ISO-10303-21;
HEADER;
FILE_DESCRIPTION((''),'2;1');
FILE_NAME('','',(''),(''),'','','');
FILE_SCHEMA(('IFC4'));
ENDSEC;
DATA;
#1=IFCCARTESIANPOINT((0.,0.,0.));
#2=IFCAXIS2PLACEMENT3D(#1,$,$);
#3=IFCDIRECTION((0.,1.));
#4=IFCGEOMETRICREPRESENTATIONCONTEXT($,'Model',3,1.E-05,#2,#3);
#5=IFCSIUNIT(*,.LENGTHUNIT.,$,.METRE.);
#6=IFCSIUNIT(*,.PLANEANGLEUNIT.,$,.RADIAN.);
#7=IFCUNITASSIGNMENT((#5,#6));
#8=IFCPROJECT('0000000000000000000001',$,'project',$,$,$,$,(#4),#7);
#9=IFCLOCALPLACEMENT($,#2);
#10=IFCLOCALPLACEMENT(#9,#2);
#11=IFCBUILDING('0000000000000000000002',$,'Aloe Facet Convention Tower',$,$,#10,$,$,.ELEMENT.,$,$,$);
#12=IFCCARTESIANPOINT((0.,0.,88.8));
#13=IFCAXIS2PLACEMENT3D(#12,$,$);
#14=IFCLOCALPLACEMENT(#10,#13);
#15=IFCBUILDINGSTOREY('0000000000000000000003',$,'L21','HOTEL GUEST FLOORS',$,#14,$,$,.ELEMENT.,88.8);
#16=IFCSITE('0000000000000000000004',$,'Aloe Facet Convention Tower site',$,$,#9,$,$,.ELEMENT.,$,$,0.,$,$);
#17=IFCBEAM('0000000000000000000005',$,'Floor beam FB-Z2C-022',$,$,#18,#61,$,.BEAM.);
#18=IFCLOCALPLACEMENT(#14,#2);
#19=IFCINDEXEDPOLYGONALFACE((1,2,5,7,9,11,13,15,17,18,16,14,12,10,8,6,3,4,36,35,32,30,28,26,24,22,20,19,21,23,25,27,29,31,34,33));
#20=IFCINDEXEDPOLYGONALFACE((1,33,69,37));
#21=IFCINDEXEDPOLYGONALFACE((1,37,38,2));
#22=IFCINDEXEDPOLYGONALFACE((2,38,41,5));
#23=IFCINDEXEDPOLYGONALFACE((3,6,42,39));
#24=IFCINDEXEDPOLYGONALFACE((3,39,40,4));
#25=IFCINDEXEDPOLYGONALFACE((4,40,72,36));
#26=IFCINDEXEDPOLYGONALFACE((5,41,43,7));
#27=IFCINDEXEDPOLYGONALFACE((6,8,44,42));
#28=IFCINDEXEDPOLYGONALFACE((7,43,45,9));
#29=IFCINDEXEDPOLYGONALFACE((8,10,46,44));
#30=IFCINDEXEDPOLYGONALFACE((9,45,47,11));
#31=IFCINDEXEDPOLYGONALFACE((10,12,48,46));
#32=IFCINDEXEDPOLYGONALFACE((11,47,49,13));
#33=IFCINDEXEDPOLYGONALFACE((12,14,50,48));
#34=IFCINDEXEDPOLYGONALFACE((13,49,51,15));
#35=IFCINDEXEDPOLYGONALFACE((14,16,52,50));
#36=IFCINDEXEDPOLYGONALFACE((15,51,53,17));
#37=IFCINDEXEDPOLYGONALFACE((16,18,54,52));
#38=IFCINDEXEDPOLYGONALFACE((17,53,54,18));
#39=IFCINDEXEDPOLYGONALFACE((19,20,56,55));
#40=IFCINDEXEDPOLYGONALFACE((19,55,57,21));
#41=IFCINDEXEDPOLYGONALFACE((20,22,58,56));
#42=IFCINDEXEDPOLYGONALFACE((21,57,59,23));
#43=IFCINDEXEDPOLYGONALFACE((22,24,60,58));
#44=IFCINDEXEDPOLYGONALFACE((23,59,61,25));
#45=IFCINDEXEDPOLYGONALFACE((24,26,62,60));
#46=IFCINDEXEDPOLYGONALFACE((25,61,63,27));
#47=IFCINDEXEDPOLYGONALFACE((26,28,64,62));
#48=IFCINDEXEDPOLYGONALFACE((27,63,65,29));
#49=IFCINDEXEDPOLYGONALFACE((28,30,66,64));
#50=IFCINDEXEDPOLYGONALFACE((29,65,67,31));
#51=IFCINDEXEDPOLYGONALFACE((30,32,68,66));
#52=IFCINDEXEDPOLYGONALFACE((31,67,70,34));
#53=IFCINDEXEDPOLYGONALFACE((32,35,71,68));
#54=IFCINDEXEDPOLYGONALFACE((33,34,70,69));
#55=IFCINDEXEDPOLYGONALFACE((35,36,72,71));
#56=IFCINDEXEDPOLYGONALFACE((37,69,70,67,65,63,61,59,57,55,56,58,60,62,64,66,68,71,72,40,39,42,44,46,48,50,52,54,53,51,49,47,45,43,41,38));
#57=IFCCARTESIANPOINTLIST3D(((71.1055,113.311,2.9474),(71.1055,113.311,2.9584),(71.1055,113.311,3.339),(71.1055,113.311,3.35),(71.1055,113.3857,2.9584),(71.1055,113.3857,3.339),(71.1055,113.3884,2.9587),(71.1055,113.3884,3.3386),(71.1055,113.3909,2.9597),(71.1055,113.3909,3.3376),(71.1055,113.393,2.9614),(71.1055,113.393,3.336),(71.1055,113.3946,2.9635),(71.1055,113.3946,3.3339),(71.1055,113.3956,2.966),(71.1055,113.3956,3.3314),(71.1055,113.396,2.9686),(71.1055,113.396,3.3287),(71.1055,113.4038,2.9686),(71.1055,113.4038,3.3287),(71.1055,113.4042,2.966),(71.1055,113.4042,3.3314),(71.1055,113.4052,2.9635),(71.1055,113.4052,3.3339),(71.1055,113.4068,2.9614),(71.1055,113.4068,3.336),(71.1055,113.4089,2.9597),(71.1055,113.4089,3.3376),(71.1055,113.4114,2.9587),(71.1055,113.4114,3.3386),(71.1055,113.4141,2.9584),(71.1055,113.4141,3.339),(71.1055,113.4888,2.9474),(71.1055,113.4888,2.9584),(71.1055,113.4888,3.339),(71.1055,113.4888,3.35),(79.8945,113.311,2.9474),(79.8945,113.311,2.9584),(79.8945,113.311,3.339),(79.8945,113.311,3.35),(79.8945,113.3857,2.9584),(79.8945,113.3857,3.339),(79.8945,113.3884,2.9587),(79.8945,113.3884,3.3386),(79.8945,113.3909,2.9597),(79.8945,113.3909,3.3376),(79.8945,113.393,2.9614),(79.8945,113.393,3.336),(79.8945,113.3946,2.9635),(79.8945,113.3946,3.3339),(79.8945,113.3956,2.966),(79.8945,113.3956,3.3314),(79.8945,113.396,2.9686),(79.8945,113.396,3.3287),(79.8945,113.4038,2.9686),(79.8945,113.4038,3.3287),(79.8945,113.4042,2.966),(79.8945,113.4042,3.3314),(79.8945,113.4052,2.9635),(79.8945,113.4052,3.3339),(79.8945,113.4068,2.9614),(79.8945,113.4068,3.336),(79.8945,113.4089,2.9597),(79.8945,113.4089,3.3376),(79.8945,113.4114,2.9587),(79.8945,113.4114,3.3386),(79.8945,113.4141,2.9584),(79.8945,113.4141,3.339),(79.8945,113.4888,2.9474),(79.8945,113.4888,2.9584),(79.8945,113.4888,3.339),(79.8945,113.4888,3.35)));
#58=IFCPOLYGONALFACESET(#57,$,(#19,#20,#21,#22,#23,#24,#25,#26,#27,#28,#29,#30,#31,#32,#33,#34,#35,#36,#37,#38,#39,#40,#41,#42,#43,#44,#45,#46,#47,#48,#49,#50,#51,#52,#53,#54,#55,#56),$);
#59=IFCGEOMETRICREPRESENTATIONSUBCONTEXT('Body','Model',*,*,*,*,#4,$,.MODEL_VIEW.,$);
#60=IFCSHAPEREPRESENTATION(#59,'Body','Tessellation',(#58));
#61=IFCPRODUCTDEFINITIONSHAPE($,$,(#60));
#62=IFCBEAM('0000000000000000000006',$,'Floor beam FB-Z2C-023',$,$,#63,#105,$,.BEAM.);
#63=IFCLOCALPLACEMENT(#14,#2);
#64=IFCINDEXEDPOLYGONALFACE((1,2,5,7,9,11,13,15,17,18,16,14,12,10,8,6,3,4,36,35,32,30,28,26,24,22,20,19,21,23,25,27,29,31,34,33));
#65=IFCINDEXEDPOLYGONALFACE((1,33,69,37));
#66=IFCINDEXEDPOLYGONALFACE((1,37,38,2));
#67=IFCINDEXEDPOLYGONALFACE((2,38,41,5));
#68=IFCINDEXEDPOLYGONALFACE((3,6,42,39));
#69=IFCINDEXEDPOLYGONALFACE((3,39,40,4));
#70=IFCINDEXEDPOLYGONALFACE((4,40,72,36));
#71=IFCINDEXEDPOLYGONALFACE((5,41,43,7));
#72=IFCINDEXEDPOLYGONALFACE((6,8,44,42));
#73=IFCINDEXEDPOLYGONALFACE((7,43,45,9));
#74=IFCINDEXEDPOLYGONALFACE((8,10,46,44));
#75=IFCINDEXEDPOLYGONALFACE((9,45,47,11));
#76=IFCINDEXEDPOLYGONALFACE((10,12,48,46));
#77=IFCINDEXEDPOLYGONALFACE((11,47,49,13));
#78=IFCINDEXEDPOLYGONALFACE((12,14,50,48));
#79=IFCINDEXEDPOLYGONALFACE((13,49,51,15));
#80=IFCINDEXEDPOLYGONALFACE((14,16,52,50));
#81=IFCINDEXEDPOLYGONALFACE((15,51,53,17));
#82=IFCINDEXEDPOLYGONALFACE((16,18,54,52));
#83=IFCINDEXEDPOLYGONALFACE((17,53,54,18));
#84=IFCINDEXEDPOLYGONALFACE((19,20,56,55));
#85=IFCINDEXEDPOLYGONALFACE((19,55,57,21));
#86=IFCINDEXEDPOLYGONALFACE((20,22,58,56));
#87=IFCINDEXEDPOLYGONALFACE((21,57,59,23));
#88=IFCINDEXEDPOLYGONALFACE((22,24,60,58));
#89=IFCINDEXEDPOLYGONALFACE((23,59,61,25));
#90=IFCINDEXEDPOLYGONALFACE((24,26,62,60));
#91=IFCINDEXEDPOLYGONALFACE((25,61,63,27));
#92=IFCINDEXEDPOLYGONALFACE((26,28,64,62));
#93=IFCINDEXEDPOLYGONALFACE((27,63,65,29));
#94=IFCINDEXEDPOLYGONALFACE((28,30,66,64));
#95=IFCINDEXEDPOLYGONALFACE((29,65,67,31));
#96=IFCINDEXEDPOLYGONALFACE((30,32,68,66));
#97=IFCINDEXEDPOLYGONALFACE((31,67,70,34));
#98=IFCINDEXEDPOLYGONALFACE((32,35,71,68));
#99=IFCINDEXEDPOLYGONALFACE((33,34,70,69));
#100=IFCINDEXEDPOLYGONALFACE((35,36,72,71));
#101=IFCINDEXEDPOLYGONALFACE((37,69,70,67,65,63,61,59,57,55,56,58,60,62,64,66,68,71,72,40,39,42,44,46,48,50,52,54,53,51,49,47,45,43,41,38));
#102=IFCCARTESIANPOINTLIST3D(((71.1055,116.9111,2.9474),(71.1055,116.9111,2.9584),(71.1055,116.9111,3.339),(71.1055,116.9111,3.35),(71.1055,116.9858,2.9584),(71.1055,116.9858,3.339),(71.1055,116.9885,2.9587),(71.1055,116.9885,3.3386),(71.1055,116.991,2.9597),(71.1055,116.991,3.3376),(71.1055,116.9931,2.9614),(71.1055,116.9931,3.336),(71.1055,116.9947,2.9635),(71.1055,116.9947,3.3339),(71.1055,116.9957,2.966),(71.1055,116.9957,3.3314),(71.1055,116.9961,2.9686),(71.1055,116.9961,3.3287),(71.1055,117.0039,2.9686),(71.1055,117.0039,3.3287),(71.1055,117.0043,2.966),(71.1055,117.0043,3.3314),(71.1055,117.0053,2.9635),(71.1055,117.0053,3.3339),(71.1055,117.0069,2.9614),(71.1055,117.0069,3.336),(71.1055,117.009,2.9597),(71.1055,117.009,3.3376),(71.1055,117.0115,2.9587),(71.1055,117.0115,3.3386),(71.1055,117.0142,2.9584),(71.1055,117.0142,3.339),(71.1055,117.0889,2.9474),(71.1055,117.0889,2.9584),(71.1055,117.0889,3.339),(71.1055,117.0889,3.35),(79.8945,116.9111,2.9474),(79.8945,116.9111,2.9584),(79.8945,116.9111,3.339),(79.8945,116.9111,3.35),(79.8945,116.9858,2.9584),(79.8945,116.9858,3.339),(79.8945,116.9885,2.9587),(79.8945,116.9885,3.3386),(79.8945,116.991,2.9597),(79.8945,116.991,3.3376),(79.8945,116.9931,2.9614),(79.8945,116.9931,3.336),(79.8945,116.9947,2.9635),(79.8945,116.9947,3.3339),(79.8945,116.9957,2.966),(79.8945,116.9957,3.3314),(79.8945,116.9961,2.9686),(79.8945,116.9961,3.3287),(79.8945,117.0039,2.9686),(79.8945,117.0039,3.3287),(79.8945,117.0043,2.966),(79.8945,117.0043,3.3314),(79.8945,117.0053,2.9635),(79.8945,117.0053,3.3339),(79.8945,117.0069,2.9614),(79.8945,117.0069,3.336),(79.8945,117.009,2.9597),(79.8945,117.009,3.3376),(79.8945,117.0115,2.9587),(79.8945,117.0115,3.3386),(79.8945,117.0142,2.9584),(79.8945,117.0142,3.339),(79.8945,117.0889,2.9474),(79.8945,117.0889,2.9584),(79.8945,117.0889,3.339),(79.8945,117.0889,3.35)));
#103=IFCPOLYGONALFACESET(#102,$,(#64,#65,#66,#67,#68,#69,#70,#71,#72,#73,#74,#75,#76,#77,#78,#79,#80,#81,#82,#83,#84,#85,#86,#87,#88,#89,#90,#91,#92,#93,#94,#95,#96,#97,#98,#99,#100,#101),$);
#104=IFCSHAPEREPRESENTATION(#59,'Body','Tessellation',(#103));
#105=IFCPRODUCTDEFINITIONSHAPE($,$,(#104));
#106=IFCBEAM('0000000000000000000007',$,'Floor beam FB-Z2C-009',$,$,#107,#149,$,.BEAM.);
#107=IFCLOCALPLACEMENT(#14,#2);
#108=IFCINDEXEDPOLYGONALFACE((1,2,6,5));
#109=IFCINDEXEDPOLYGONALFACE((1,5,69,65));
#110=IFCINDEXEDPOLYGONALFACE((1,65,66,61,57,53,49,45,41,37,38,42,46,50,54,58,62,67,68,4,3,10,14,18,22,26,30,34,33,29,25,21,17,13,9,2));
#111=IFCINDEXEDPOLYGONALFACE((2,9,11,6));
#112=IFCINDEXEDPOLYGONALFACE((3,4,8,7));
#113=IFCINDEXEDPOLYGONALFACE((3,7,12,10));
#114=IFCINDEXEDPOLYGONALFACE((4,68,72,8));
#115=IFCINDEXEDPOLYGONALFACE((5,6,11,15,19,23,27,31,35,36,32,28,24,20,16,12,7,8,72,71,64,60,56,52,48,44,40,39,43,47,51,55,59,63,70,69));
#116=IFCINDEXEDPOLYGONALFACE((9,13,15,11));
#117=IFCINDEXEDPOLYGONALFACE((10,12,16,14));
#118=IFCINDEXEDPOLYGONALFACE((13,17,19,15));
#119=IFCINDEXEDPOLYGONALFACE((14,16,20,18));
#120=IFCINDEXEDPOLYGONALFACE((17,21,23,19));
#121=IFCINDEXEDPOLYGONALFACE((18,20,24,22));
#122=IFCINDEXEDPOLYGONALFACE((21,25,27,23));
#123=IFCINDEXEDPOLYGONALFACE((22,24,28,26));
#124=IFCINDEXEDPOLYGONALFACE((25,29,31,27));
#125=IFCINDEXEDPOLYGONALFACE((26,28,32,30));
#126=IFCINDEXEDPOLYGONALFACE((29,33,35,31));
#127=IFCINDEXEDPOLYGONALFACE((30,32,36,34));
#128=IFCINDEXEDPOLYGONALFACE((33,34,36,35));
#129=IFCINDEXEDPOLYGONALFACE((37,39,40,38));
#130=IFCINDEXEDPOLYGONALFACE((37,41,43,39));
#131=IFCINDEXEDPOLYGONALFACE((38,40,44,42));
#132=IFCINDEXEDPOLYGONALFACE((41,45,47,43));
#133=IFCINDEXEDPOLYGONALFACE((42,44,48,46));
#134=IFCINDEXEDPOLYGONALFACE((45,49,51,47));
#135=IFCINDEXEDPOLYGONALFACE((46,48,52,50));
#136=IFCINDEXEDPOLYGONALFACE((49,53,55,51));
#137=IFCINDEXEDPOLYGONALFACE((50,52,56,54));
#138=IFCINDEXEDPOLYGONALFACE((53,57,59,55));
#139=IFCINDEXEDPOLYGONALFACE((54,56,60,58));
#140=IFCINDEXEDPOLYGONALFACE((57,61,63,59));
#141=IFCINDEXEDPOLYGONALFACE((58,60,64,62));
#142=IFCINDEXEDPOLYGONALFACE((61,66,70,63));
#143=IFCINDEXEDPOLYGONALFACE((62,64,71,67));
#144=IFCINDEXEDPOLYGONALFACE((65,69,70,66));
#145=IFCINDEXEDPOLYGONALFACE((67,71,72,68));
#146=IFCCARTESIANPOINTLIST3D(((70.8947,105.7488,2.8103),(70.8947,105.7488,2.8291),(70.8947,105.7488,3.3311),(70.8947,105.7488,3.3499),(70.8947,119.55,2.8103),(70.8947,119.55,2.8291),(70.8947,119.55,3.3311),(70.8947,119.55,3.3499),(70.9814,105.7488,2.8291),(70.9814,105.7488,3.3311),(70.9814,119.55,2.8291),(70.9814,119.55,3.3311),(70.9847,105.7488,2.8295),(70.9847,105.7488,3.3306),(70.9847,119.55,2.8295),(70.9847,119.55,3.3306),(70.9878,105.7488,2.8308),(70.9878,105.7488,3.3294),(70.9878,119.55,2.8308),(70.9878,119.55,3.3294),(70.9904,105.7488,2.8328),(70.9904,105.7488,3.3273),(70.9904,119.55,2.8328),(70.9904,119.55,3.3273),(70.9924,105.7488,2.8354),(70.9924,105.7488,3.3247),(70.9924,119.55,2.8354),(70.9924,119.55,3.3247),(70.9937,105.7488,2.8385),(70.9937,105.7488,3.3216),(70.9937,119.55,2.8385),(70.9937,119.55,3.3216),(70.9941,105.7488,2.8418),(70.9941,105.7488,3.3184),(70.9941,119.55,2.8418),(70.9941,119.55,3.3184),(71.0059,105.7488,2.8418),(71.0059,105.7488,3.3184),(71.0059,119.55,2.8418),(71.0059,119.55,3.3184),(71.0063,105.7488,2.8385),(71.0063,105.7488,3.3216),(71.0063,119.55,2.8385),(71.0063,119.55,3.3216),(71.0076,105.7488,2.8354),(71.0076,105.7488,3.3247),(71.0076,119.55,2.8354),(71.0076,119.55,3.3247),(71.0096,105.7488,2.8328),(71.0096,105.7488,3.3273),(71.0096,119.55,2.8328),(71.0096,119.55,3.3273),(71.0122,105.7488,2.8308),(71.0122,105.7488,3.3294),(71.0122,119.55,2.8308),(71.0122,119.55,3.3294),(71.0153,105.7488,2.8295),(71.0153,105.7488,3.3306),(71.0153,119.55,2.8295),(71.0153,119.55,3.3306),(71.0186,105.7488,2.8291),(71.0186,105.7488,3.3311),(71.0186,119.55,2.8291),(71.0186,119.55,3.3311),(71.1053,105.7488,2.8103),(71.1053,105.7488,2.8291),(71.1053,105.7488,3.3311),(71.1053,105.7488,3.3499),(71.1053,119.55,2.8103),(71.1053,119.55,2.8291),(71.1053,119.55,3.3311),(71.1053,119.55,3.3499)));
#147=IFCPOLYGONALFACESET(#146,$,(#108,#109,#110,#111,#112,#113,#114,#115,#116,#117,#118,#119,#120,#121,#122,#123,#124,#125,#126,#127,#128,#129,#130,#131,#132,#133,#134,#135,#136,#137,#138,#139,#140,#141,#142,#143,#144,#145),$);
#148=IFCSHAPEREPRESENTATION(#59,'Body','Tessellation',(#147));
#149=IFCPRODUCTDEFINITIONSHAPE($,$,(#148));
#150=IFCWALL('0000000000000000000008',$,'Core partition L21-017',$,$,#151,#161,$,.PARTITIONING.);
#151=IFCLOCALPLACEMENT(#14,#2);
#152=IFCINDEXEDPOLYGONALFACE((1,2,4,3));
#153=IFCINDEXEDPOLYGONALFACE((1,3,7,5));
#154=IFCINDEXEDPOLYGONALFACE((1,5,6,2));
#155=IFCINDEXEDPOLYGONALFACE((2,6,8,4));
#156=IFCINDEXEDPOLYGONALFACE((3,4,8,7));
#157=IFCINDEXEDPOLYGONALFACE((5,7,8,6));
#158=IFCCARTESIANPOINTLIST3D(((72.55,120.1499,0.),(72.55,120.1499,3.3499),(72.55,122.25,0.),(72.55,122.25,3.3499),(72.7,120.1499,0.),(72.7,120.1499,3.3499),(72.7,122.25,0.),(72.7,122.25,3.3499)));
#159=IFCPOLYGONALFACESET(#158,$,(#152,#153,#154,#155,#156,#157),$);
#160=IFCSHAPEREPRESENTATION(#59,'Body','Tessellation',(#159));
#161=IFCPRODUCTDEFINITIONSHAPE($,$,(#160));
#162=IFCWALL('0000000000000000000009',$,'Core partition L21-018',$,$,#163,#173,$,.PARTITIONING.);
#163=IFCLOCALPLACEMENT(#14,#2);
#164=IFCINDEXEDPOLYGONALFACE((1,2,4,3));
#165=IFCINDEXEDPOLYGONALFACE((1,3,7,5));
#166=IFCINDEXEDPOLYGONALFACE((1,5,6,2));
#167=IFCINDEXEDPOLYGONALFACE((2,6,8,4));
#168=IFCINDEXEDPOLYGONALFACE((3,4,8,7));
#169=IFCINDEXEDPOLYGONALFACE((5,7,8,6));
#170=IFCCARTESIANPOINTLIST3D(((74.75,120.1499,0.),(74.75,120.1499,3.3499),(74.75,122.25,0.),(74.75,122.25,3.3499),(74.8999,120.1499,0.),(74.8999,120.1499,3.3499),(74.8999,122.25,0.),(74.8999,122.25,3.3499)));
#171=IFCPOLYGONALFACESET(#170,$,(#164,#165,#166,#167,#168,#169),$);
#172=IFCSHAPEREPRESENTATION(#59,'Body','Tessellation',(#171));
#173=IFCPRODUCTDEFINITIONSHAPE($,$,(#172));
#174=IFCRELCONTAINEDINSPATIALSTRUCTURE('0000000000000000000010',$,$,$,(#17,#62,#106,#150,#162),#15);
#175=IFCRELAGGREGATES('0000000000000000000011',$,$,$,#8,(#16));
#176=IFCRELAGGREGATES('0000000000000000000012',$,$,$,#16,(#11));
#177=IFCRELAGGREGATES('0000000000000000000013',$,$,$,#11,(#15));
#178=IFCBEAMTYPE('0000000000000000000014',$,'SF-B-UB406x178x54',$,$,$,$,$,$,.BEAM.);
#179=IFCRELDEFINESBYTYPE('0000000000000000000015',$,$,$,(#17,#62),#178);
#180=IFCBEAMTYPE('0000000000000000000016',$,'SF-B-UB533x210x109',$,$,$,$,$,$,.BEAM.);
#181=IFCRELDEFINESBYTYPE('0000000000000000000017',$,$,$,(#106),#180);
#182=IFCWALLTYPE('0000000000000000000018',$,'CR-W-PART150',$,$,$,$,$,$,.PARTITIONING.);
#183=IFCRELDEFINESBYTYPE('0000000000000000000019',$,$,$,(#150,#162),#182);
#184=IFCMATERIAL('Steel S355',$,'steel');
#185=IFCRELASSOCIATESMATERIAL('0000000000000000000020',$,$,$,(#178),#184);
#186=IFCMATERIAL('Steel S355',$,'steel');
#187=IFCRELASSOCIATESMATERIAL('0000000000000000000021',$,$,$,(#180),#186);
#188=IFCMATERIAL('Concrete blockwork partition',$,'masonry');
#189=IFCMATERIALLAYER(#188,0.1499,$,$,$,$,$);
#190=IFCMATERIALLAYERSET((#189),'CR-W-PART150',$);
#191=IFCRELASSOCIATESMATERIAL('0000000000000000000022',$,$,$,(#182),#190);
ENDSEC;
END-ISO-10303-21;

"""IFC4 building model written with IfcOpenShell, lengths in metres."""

from ifc_helpers import new_model, si_unit, direction, frame, frame_2d, origin, origin_2d, place, context, subcontext, project, spatial, rectangle, i_section, extrude, material, layer, layer_set, material_profile, profile_set, type_object, element, save


model = new_model("IFC4")

# Units and contexts
model_context = context("Model", 3, precision=1e-05, world=origin(), true_north=direction((0.0, 1.0)))
body_context = subcontext(model_context, "Body", "Model", "MODEL_VIEW")
ifc_project = project(units=[si_unit("LENGTHUNIT", "METRE"), si_unit("PLANEANGLEUNIT", "RADIAN")], contexts=[model_context])

# Site, building, storey
site_placement = place(None, origin())
site = spatial("IfcSite", under=ifc_project, at=site_placement, Name="Aloe Facet Convention Tower site", CompositionType="ELEMENT", RefElevation=0.0)
building_placement = place(site_placement, origin())
building = spatial("IfcBuilding", under=site, at=building_placement, Name="Aloe Facet Convention Tower", CompositionType="ELEMENT")
storey_placement = place(building_placement, frame((0.0, 0.0, 88.8)))
storey = spatial("IfcBuildingStorey", under=building, at=storey_placement, Name="L21", Description="HOTEL GUEST FLOORS", CompositionType="ELEMENT", Elevation=88.8)

# Beams
ifc_material_1 = material(Name="Steel S355", Category="steel")
ifc_material_profile_1 = material_profile(ifc_material_1, i_section(OverallWidth=0.1777, OverallDepth=0.4026, WebThickness=0.0078, FlangeThickness=0.011, FilletRadius=0.0103, at=origin_2d()), Name="UB 406x178x54")
ifc_profile_set_1 = profile_set([ifc_material_profile_1], Name="Steel S355")
beam_type_1 = type_object("IfcBeamType", Name="SF-B-UB406x178x54", PredefinedType="BEAM", material=ifc_profile_set_1)
for number, where, z_axis, x_axis, name in (
    (1, (71.1055, 113.3999, 3.1487), (1.0, 0.0, 0.0), (0.0, 1.0, 0.0), "Floor beam FB-Z2C-022"),
    (2, (71.1055, 117.0, 3.1487), (1.0, 0.0, 0.0), (0.0, 1.0, 0.0), "Floor beam FB-Z2C-023"),
):
    element("IfcBeam", number, at=place(storey_placement, frame(where, z_axis=z_axis, x_axis=x_axis)), inside=storey, type_object=beam_type_1, Name=name, PredefinedType="BEAM", context=body_context, shape_type="SweptSolid", body=[
        extrude(i_section(OverallWidth=0.1777, OverallDepth=0.4026, WebThickness=0.0078, FlangeThickness=0.011, FilletRadius=0.0103, at=origin_2d()), origin(), (0.0, 0.0, 1.0), 8.7891),
    ])
ifc_material_2 = material(Name="Steel S355", Category="steel")
ifc_material_profile_2 = material_profile(ifc_material_2, i_section(OverallWidth=0.2107, OverallDepth=0.5396, WebThickness=0.0117, FlangeThickness=0.0188, FilletRadius=0.0127, at=origin_2d()), Name="UB 533x210x109")
ifc_profile_set_2 = profile_set([ifc_material_profile_2], Name="Steel S355")
beam_type_2 = type_object("IfcBeamType", Name="SF-B-UB533x210x109", PredefinedType="BEAM", material=ifc_profile_set_2)
beam_placement = place(storey_placement, frame((71.0, 119.55, 3.0801), z_axis=(0.0, -1.0, 0.0), x_axis=(1.0, 0.0, 0.0)))
element("IfcBeam", 3, at=beam_placement, inside=storey, type_object=beam_type_2, Name="Floor beam FB-Z2C-009", PredefinedType="BEAM", context=body_context, shape_type="SweptSolid", body=[
    extrude(i_section(OverallWidth=0.2107, OverallDepth=0.5396, WebThickness=0.0117, FlangeThickness=0.0188, FilletRadius=0.0127, at=origin_2d()), origin(), (0.0, 0.0, 1.0), 13.8013),
])

# Walls
ifc_material_3 = material(Name="Concrete blockwork partition", Category="masonry")
ifc_layer_1 = layer(ifc_material_3, 0.1499)
ifc_layer_set_1 = layer_set([ifc_layer_1], Name="CR-W-PART150")
wall_type_1 = type_object("IfcWallType", Name="CR-W-PART150", PredefinedType="PARTITIONING", material=ifc_layer_set_1)
for number, where, z_axis, x_axis, name in (
    (4, (72.625, 122.25, 0.0), (0.0, 0.0, 1.0), (0.0, -1.0, 0.0), "Core partition L21-017"),
    (5, (74.825, 122.25, 0.0), (0.0, 0.0, 1.0), (0.0, -1.0, 0.0), "Core partition L21-018"),
):
    element("IfcWall", number, at=place(storey_placement, frame(where, z_axis=z_axis, x_axis=x_axis)), inside=storey, type_object=wall_type_1, Name=name, PredefinedType="PARTITIONING", context=body_context, shape_type="SweptSolid", body=[
        extrude(rectangle(XDim=2.1001, YDim=0.1499, at=frame_2d((1.05, 0.0))), origin(), (0.0, 0.0, 1.0), 3.3499),
    ])

save(model, "model.ifc")
